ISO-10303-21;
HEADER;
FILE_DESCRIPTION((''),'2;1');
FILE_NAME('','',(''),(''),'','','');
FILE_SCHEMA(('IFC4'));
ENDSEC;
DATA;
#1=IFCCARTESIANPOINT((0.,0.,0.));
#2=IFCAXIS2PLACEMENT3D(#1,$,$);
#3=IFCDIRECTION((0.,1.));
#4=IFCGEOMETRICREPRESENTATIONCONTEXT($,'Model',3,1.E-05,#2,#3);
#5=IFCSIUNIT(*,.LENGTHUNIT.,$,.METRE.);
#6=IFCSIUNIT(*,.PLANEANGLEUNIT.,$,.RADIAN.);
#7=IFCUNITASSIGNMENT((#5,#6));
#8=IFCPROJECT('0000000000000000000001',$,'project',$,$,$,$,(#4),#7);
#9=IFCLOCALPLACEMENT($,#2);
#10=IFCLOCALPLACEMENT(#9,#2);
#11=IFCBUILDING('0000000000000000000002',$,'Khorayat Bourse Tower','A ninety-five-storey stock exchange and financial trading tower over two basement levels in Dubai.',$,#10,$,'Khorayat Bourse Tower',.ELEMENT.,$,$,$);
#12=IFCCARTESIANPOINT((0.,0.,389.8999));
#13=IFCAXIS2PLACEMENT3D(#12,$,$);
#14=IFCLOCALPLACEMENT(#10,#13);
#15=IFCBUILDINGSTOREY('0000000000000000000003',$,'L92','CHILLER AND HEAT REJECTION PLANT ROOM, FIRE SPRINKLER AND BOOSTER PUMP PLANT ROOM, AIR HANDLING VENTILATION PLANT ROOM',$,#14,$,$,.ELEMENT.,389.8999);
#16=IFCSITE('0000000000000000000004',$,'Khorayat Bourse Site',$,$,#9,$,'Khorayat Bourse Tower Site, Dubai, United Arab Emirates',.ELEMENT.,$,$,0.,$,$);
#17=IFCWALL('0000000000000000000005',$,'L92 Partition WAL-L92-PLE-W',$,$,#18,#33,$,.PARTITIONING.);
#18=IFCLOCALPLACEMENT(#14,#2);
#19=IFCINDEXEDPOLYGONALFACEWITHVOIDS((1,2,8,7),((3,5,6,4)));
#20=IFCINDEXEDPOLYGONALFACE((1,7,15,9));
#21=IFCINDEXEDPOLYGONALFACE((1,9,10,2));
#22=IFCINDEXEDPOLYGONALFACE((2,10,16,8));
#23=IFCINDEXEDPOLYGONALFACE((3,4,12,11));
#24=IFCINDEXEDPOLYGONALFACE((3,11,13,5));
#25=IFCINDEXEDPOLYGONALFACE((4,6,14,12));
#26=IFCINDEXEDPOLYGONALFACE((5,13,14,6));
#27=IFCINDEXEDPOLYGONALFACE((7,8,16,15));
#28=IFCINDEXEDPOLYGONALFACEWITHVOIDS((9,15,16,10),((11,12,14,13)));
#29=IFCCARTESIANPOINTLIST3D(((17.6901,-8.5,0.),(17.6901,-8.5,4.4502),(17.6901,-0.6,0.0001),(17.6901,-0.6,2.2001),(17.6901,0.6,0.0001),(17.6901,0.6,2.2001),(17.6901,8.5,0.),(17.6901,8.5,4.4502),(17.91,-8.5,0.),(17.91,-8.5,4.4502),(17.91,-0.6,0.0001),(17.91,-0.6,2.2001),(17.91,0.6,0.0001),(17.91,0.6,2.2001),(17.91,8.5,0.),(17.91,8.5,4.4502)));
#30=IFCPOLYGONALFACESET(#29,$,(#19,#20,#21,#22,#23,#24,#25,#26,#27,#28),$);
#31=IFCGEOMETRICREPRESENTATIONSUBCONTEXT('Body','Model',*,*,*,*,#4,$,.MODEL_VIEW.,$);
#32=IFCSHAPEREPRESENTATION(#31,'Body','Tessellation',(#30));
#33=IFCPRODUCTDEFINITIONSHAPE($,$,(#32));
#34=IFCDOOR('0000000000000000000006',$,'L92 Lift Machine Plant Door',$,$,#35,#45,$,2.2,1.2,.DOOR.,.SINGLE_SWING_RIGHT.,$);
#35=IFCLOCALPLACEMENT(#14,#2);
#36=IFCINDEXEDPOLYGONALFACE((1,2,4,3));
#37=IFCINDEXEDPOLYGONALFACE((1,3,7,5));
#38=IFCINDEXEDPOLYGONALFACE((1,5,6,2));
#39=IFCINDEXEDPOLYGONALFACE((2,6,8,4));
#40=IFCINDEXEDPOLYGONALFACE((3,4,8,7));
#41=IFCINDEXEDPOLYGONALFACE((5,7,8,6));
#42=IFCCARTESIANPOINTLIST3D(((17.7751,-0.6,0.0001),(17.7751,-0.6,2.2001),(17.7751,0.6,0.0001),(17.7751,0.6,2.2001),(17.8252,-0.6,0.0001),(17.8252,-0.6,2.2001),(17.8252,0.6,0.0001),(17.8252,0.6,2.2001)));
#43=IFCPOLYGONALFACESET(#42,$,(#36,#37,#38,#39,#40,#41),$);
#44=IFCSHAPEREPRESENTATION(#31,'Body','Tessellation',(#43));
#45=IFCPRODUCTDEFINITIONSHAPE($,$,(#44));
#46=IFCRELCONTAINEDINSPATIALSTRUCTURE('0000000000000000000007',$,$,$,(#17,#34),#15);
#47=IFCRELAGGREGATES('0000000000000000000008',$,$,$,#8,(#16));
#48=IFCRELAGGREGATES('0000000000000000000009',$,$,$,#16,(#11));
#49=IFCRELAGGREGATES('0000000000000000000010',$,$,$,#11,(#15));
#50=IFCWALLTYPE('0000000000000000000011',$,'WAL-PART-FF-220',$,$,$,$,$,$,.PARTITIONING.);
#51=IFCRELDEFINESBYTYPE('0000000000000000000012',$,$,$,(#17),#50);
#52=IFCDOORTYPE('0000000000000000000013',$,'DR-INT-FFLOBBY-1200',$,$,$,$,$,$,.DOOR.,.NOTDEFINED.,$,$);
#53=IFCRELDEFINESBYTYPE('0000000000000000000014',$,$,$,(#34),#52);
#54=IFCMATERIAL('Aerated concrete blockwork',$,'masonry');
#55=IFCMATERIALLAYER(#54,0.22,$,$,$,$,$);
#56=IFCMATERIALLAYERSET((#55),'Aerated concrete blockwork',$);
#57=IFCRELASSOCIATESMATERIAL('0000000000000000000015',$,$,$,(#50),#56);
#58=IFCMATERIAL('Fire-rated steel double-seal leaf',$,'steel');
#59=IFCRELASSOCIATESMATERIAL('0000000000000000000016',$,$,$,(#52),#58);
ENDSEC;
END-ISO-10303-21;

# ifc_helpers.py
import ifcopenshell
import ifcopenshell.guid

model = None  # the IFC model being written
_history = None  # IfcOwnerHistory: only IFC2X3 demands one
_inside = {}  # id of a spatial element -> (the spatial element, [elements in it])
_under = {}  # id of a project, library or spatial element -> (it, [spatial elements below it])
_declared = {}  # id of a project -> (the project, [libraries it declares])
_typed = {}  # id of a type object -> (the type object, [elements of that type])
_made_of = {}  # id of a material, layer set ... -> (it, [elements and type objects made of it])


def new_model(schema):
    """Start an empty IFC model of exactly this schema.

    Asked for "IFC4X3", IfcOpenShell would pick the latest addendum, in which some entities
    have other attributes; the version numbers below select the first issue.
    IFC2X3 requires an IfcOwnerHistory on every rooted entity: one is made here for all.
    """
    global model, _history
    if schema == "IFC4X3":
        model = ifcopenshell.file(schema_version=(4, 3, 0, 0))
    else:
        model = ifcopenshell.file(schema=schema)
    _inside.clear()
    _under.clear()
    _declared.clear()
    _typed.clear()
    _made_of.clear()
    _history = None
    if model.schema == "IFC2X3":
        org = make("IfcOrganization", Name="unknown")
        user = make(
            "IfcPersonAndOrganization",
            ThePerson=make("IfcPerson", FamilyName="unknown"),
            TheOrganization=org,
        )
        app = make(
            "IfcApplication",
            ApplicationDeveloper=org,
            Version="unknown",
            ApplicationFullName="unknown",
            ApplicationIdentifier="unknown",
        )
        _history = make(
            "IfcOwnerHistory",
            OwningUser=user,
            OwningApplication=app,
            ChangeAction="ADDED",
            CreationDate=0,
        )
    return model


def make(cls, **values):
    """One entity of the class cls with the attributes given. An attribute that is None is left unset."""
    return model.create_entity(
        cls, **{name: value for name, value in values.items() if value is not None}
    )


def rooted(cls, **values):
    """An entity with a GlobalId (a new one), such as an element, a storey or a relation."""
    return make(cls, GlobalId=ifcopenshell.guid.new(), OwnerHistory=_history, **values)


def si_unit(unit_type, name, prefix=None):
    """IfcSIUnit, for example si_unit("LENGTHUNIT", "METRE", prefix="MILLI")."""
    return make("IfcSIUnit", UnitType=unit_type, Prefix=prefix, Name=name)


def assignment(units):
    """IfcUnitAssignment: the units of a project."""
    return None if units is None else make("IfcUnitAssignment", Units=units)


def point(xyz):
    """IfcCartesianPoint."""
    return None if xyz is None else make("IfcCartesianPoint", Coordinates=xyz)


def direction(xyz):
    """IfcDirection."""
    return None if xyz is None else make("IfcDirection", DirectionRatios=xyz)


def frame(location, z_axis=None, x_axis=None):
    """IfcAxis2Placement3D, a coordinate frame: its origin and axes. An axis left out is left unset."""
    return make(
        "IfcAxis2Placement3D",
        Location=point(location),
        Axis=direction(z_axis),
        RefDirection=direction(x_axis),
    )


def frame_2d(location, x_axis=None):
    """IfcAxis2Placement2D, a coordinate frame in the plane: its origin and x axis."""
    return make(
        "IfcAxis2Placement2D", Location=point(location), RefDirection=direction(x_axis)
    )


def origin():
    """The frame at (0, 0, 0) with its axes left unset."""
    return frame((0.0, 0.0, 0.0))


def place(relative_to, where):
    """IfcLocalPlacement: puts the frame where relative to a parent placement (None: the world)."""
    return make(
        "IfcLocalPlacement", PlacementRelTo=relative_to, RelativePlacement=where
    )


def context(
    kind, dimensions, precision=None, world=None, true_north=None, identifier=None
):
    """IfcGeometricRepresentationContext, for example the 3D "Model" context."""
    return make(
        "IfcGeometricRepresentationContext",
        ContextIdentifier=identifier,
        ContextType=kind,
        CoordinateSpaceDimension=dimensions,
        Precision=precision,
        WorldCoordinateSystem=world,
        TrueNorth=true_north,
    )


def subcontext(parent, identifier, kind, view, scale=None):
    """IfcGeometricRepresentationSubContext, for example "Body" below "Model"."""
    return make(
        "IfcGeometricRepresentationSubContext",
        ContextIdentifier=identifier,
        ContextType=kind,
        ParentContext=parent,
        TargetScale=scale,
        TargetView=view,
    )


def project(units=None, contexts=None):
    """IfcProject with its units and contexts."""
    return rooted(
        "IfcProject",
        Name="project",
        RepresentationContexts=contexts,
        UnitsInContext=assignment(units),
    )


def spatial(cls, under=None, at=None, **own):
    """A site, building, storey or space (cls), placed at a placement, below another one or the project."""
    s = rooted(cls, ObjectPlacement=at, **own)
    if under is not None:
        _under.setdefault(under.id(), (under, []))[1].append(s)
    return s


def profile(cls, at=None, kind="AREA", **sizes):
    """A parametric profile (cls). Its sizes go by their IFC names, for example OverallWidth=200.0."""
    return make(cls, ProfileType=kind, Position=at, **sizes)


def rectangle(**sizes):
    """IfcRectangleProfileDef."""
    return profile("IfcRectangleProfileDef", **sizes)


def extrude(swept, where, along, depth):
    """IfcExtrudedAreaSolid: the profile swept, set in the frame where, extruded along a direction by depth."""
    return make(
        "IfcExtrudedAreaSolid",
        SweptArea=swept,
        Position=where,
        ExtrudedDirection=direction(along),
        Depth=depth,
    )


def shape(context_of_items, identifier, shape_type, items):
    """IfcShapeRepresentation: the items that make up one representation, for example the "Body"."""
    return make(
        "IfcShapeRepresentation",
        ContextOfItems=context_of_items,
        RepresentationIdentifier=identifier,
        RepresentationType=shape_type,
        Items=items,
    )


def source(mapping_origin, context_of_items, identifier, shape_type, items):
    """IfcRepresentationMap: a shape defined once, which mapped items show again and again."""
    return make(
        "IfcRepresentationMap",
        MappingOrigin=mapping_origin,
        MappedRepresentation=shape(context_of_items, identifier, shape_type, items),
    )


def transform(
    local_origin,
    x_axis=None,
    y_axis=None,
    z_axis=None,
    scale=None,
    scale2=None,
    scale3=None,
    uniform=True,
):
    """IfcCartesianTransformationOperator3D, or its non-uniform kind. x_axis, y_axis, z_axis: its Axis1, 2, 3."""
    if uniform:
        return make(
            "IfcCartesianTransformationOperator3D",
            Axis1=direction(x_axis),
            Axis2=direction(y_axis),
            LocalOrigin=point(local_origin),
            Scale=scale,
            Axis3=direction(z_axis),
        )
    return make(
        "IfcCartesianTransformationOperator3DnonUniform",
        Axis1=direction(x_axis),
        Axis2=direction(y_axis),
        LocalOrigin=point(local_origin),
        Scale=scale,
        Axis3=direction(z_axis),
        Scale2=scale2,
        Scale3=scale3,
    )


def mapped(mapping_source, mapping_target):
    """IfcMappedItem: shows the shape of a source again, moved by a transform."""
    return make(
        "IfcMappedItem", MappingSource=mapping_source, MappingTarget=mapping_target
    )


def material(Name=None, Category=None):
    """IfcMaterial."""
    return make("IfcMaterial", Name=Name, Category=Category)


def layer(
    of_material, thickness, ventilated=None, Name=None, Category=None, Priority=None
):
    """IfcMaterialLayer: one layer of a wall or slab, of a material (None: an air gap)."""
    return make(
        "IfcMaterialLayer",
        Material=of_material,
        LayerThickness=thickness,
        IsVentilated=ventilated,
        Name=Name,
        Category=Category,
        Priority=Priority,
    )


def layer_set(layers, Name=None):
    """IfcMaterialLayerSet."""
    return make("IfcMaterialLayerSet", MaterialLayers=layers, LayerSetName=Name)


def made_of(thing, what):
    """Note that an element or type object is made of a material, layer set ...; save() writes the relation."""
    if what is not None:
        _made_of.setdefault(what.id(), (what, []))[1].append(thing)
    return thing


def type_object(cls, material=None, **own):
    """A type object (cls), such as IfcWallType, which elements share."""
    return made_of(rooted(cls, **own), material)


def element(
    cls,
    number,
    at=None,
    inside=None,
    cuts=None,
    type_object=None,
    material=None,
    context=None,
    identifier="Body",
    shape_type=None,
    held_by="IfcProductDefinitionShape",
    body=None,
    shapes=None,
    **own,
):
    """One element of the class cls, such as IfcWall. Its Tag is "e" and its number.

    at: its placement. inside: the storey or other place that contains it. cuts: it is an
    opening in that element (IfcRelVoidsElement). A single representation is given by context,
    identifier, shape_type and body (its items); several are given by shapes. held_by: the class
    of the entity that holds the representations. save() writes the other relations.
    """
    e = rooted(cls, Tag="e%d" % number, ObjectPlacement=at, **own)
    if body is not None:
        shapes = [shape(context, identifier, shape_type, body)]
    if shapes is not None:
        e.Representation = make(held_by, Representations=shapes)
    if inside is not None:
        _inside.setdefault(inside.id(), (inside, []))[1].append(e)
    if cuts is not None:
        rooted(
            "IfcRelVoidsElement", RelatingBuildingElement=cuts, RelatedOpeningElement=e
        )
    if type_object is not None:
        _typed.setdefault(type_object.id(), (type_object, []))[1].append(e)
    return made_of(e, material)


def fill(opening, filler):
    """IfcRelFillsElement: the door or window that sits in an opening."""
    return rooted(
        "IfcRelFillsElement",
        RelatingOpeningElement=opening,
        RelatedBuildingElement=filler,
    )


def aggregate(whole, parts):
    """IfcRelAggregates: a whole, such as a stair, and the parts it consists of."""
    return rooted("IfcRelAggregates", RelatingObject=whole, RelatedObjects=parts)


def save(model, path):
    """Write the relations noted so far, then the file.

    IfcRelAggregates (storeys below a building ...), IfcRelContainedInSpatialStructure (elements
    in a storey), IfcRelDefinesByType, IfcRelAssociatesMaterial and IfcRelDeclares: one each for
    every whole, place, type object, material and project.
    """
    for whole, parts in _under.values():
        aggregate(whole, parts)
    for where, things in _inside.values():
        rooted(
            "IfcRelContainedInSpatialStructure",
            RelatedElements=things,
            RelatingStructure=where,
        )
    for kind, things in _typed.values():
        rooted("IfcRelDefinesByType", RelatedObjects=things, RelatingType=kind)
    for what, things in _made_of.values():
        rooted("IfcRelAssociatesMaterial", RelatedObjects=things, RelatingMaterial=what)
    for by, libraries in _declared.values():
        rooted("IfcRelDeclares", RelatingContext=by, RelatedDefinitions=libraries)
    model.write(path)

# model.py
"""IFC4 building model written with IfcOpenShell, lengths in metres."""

from ifc_helpers import new_model, si_unit, direction, frame, frame_2d, origin, place, context, subcontext, project, spatial, rectangle, extrude, source, transform, mapped, material, layer, layer_set, type_object, element, fill, save


model = new_model("IFC4")

# Units and contexts
model_context = context("Model", 3, precision=1e-05, world=origin(), true_north=direction((0.0, 1.0)))
body_context = subcontext(model_context, "Body", "Model", "MODEL_VIEW")
ifc_project = project(units=[si_unit("LENGTHUNIT", "METRE"), si_unit("PLANEANGLEUNIT", "RADIAN")], contexts=[model_context])

# Site, building, storey
site_placement = place(None, origin())
site = spatial("IfcSite", under=ifc_project, at=site_placement, Name="Khorayat Bourse Site", LongName="Khorayat Bourse Tower Site, Dubai, United Arab Emirates", CompositionType="ELEMENT", RefElevation=0.0)
building_placement = place(site_placement, origin())
building = spatial("IfcBuilding", under=site, at=building_placement, Name="Khorayat Bourse Tower", Description="A ninety-five-storey stock exchange and financial trading tower over two basement levels in Dubai.", LongName="Khorayat Bourse Tower", CompositionType="ELEMENT")
storey_placement = place(building_placement, frame((0.0, 0.0, 389.8999)))
storey = spatial("IfcBuildingStorey", under=building, at=storey_placement, Name="L92", Description="CHILLER AND HEAT REJECTION PLANT ROOM, FIRE SPRINKLER AND BOOSTER PUMP PLANT ROOM, AIR HANDLING VENTILATION PLANT ROOM", CompositionType="ELEMENT", Elevation=389.8999)

# Shared definitions
ifc_material_1 = material(Name="Aerated concrete blockwork", Category="masonry")
ifc_layer_1 = layer(ifc_material_1, 0.22)
ifc_layer_set_1 = layer_set([ifc_layer_1], Name="Aerated concrete blockwork")
wall_type_1 = type_object("IfcWallType", Name="WAL-PART-FF-220", PredefinedType="PARTITIONING", material=ifc_layer_set_1)

# Shared definitions
shared_shape_1 = source(origin(), body_context, "Body", "SweptSolid", [
    extrude(rectangle(XDim=1.2, YDim=2.2, at=frame_2d((0.6001, 1.1001))), frame((0.0, 0.1199, 0.0), z_axis=(0.0, -1.0, 0.0), x_axis=(1.0, 0.0, 0.0)), (0.0, 0.0, 1.0), 0.24),
])
ifc_material_2 = material(Name="Fire-rated steel double-seal leaf", Category="steel")
door_type_1 = type_object("IfcDoorType", Name="DR-INT-FFLOBBY-1200", OperationType="NOTDEFINED", PredefinedType="DOOR", material=ifc_material_2)
shared_shape_2 = source(origin(), body_context, "Body", "SweptSolid", [
    extrude(rectangle(XDim=1.2, YDim=2.2, at=frame_2d((0.6001, 1.1001))), frame((0.0, 0.0249, 0.0), z_axis=(0.0, -1.0, 0.0), x_axis=(1.0, 0.0, 0.0)), (0.0, 0.0, 1.0), 0.05),
])

# Wall, opening, door
shared_shape_3 = source(origin(), body_context, "Body", "SweptSolid", [
    extrude(rectangle(XDim=17.0, YDim=0.22, at=frame_2d((8.5, 0.0))), origin(), (0.0, 0.0, 1.0), 4.4502),
])
wall_1_placement = place(storey_placement, frame((17.8, -8.5, 0.0), z_axis=(0.0, 0.0, 1.0), x_axis=(0.0, 1.0, 0.0)))
wall_1 = element("IfcWall", 1, at=wall_1_placement, inside=storey, type_object=wall_type_1, Name="L92 Partition WAL-L92-PLE-W", PredefinedType="PARTITIONING", context=body_context, shape_type="MappedRepresentation", body=[
    mapped(shared_shape_3, transform((0.0, 0.0, 0.0), scale=1.0)),
])
opening_1_placement = place(wall_1_placement, frame((7.8999, 0.0, 0.0)))
opening_1 = element("IfcOpeningElement", 2, at=opening_1_placement, cuts=wall_1, PredefinedType="OPENING", context=body_context, shape_type="MappedRepresentation", body=[
    mapped(shared_shape_1, transform((0.0, 0.0, 0.0), scale=1.0)),
])
door_1_placement = place(opening_1_placement, origin())
door_1 = element("IfcDoor", 3, at=door_1_placement, inside=storey, type_object=door_type_1, Name="L92 Lift Machine Plant Door", OperationType="SINGLE_SWING_RIGHT", OverallHeight=2.2, OverallWidth=1.2, PredefinedType="DOOR", context=body_context, shape_type="MappedRepresentation", body=[
    mapped(shared_shape_2, transform((0.0, 0.0, 0.0), scale=1.0)),
])
fill(opening_1, door_1)

save(model, "model.ifc")
